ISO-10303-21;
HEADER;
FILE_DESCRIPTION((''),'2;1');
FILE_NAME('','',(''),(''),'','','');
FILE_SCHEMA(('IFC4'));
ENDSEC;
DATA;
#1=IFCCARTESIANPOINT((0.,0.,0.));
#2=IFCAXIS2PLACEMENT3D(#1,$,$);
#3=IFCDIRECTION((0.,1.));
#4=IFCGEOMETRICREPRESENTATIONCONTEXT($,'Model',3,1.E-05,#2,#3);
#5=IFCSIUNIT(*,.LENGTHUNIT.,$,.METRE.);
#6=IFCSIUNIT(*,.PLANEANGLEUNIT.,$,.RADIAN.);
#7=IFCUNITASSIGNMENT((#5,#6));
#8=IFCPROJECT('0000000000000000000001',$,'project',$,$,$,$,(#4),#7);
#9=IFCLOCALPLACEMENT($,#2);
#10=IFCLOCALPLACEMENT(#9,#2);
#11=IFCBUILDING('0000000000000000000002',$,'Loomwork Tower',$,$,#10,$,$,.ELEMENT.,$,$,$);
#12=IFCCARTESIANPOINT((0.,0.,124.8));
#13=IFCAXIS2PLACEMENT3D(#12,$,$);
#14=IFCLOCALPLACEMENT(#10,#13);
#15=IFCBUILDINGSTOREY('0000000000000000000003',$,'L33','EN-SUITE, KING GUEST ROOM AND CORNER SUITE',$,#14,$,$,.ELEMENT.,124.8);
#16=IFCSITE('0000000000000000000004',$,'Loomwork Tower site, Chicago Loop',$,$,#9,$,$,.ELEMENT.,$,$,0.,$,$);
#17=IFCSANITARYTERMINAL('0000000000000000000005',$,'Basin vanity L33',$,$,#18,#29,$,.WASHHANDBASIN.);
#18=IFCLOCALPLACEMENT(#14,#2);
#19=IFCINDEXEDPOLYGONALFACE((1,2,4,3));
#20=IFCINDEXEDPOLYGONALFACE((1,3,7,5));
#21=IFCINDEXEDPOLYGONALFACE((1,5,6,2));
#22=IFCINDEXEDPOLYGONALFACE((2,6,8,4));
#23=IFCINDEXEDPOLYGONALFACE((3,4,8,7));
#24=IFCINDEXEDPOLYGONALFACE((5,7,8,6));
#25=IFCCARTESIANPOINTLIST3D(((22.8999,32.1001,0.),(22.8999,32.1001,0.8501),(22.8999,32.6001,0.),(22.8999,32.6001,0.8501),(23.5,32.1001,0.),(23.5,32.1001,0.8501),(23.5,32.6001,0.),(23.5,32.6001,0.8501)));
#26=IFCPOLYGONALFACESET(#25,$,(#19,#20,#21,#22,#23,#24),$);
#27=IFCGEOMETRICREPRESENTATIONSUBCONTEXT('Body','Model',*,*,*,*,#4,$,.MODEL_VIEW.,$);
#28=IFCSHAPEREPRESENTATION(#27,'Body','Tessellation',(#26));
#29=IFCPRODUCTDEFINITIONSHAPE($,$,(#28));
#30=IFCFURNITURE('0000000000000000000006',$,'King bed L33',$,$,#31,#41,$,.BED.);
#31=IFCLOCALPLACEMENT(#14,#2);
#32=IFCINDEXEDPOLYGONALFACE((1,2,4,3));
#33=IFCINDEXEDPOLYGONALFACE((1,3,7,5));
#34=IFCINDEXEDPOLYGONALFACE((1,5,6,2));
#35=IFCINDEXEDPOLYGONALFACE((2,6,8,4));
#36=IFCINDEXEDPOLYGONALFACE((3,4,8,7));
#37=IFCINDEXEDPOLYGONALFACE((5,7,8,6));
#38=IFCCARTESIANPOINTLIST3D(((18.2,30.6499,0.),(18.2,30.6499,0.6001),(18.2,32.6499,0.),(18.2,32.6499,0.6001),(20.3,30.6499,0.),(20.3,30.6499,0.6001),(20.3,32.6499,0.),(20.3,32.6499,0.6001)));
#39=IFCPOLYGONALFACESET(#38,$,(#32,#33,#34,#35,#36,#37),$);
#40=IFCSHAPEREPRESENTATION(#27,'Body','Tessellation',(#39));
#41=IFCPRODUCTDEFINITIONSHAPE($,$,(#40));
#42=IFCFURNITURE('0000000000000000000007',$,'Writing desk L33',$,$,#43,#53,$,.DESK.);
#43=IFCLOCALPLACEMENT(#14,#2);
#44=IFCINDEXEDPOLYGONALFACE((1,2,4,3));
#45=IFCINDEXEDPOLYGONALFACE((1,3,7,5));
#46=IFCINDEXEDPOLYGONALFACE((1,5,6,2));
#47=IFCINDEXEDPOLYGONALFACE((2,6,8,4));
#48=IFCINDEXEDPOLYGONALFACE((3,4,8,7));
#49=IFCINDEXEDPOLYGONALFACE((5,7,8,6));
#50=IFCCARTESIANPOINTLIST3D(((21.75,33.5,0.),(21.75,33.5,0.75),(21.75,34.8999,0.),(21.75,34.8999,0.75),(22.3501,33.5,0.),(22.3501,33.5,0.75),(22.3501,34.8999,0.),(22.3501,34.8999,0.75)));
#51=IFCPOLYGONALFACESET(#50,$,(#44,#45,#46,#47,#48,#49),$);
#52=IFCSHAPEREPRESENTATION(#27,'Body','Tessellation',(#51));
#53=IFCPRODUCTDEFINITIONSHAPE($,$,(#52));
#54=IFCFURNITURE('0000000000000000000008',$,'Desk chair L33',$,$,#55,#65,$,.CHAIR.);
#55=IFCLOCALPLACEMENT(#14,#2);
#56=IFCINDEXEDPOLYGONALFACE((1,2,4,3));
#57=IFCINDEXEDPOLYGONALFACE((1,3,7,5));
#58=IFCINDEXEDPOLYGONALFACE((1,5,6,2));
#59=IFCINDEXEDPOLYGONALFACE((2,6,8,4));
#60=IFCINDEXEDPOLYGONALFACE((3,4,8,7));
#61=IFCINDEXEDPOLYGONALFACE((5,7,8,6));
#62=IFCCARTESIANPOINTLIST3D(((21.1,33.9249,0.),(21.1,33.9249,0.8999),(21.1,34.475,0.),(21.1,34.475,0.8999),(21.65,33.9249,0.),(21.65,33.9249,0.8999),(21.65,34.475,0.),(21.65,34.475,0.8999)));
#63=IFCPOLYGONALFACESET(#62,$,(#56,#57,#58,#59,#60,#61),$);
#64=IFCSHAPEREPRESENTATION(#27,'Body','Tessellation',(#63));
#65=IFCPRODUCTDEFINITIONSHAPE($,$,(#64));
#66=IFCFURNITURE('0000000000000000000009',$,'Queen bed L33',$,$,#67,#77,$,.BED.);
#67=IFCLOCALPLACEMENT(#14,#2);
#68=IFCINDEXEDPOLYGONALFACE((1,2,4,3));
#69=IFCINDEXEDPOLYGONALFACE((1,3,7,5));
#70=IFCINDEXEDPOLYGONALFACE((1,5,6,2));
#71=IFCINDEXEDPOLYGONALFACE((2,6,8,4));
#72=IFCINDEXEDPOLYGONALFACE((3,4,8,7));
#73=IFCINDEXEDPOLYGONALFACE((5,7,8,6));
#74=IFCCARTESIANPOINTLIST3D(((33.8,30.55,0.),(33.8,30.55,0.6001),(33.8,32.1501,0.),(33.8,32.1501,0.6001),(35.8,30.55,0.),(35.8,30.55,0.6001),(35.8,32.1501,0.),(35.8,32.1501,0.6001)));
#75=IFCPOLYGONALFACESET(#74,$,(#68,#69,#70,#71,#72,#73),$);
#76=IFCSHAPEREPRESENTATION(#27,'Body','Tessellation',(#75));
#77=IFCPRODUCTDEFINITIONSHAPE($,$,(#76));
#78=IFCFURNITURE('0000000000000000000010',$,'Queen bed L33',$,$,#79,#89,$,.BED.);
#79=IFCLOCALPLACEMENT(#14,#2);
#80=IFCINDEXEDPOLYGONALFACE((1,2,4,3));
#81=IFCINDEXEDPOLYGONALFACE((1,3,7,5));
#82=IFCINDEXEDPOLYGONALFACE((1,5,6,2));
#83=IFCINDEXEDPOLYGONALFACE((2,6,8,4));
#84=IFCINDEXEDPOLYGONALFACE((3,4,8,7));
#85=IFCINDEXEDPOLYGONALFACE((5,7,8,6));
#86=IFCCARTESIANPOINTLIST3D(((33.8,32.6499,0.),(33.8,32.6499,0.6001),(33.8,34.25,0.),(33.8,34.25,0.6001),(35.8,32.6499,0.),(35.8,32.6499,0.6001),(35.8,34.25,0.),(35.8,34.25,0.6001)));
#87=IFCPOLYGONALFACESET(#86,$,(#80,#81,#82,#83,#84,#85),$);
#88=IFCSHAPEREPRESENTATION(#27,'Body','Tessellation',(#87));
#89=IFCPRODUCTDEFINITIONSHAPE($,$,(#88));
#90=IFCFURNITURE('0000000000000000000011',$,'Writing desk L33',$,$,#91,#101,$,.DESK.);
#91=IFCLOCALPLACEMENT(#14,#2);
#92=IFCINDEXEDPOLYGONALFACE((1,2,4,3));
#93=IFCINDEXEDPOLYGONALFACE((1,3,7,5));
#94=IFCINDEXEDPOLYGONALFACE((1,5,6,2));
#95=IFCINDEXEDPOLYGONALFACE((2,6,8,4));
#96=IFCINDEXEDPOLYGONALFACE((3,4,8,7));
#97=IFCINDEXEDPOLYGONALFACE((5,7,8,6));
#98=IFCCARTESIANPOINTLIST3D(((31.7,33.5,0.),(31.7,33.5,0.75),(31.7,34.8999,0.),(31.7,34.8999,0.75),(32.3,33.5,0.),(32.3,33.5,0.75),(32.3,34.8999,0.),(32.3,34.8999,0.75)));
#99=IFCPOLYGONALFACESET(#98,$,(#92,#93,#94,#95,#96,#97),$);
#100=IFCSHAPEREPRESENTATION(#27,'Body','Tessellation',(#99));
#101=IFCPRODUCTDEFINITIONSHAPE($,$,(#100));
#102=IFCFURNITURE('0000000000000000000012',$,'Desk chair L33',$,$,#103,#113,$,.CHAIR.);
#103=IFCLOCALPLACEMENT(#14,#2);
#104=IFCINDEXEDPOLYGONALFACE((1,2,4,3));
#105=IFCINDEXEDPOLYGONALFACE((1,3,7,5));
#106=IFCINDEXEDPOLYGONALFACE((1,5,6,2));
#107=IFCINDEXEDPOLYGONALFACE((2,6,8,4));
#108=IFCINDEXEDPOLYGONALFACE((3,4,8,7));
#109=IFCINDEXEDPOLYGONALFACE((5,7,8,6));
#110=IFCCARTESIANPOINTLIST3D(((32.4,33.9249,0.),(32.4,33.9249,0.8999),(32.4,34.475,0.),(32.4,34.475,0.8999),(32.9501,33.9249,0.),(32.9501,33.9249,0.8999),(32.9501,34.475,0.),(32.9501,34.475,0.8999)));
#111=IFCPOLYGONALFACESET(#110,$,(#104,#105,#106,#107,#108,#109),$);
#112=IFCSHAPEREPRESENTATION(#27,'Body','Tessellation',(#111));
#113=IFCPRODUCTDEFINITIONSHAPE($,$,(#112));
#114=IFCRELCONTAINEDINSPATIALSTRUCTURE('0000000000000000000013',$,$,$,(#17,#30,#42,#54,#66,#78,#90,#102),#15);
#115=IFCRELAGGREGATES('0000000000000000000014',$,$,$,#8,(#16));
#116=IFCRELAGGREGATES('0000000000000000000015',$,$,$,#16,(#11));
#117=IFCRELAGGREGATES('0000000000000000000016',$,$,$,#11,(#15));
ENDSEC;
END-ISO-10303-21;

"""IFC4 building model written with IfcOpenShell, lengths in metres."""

from ifc_helpers import new_model, si_unit, direction, frame, origin, origin_2d, place, context, subcontext, project, spatial, rectangle, extrude, element, save


model = new_model("IFC4")

# Units and contexts
model_context = context("Model", 3, precision=1e-05, world=origin(), true_north=direction((0.0, 1.0)))
body_context = subcontext(model_context, "Body", "Model", "MODEL_VIEW")
ifc_project = project(units=[si_unit("LENGTHUNIT", "METRE"), si_unit("PLANEANGLEUNIT", "RADIAN")], contexts=[model_context])

# Site, building, storey
site_placement = place(None, origin())
site = spatial("IfcSite", under=ifc_project, at=site_placement, Name="Loomwork Tower site, Chicago Loop", CompositionType="ELEMENT", RefElevation=0.0)
building_placement = place(site_placement, origin())
building = spatial("IfcBuilding", under=site, at=building_placement, Name="Loomwork Tower", CompositionType="ELEMENT")
storey_placement = place(building_placement, frame((0.0, 0.0, 124.8)))
storey = spatial("IfcBuildingStorey", under=building, at=storey_placement, Name="L33", Description="EN-SUITE, KING GUEST ROOM AND CORNER SUITE", CompositionType="ELEMENT", Elevation=124.8)

# Sanitary terminal
sanitary_terminal_1_placement = place(storey_placement, frame((23.2, 32.3501, 0.0), z_axis=(0.0, 0.0, 1.0), x_axis=(1.0, 0.0, 0.0)))
element("IfcSanitaryTerminal", 1, at=sanitary_terminal_1_placement, inside=storey, Name="Basin vanity L33", PredefinedType="WASHHANDBASIN", context=body_context, shape_type="SweptSolid", body=[
    extrude(rectangle(XDim=0.6001, YDim=0.5, at=origin_2d()), origin(), (0.0, 0.0, 1.0), 0.8501),
])

# Furniture
furniture_1_placement = place(storey_placement, frame((19.25, 31.6499, 0.0), z_axis=(0.0, 0.0, 1.0), x_axis=(1.0, 0.0, 0.0)))
element("IfcFurniture", 2, at=furniture_1_placement, inside=storey, Name="King bed L33", PredefinedType="BED", context=body_context, shape_type="SweptSolid", body=[
    extrude(rectangle(XDim=2.1001, YDim=2.0, at=origin_2d()), origin(), (0.0, 0.0, 1.0), 0.6001),
])
furniture_2_placement = place(storey_placement, frame((22.05, 34.2, 0.0), z_axis=(0.0, 0.0, 1.0), x_axis=(1.0, 0.0, 0.0)))
element("IfcFurniture", 3, at=furniture_2_placement, inside=storey, Name="Writing desk L33", PredefinedType="DESK", context=body_context, shape_type="SweptSolid", body=[
    extrude(rectangle(XDim=0.6001, YDim=1.3999, at=origin_2d()), origin(), (0.0, 0.0, 1.0), 0.75),
])
furniture_3_placement = place(storey_placement, frame((21.375, 34.2, 0.0), z_axis=(0.0, 0.0, 1.0), x_axis=(1.0, 0.0, 0.0)))
element("IfcFurniture", 4, at=furniture_3_placement, inside=storey, Name="Desk chair L33", PredefinedType="CHAIR", context=body_context, shape_type="SweptSolid", body=[
    extrude(rectangle(XDim=0.55, YDim=0.55, at=origin_2d()), origin(), (0.0, 0.0, 1.0), 0.8999),
])
for number, where, z_axis, x_axis, name in (
    (5, (34.8, 31.3501, 0.0), (0.0, 0.0, 1.0), (1.0, 0.0, 0.0), "Queen bed L33"),
    (6, (34.8, 33.45, 0.0), (0.0, 0.0, 1.0), (1.0, 0.0, 0.0), "Queen bed L33"),
):
    element("IfcFurniture", number, at=place(storey_placement, frame(where, z_axis=z_axis, x_axis=x_axis)), inside=storey, Name=name, PredefinedType="BED", context=body_context, shape_type="SweptSolid", body=[
        extrude(rectangle(XDim=2.0, YDim=1.6001, at=origin_2d()), origin(), (0.0, 0.0, 1.0), 0.6001),
    ])
furniture_4_placement = place(storey_placement, frame((32.0, 34.2, 0.0), z_axis=(0.0, 0.0, 1.0), x_axis=(1.0, 0.0, 0.0)))
element("IfcFurniture", 7, at=furniture_4_placement, inside=storey, Name="Writing desk L33", PredefinedType="DESK", context=body_context, shape_type="SweptSolid", body=[
    extrude(rectangle(XDim=0.6001, YDim=1.3999, at=origin_2d()), origin(), (0.0, 0.0, 1.0), 0.75),
])
furniture_5_placement = place(storey_placement, frame((32.675, 34.2, 0.0), z_axis=(0.0, 0.0, 1.0), x_axis=(1.0, 0.0, 0.0)))
element("IfcFurniture", 8, at=furniture_5_placement, inside=storey, Name="Desk chair L33", PredefinedType="CHAIR", context=body_context, shape_type="SweptSolid", body=[
    extrude(rectangle(XDim=0.55, YDim=0.55, at=origin_2d()), origin(), (0.0, 0.0, 1.0), 0.8999),
])

save(model, "model.ifc")
